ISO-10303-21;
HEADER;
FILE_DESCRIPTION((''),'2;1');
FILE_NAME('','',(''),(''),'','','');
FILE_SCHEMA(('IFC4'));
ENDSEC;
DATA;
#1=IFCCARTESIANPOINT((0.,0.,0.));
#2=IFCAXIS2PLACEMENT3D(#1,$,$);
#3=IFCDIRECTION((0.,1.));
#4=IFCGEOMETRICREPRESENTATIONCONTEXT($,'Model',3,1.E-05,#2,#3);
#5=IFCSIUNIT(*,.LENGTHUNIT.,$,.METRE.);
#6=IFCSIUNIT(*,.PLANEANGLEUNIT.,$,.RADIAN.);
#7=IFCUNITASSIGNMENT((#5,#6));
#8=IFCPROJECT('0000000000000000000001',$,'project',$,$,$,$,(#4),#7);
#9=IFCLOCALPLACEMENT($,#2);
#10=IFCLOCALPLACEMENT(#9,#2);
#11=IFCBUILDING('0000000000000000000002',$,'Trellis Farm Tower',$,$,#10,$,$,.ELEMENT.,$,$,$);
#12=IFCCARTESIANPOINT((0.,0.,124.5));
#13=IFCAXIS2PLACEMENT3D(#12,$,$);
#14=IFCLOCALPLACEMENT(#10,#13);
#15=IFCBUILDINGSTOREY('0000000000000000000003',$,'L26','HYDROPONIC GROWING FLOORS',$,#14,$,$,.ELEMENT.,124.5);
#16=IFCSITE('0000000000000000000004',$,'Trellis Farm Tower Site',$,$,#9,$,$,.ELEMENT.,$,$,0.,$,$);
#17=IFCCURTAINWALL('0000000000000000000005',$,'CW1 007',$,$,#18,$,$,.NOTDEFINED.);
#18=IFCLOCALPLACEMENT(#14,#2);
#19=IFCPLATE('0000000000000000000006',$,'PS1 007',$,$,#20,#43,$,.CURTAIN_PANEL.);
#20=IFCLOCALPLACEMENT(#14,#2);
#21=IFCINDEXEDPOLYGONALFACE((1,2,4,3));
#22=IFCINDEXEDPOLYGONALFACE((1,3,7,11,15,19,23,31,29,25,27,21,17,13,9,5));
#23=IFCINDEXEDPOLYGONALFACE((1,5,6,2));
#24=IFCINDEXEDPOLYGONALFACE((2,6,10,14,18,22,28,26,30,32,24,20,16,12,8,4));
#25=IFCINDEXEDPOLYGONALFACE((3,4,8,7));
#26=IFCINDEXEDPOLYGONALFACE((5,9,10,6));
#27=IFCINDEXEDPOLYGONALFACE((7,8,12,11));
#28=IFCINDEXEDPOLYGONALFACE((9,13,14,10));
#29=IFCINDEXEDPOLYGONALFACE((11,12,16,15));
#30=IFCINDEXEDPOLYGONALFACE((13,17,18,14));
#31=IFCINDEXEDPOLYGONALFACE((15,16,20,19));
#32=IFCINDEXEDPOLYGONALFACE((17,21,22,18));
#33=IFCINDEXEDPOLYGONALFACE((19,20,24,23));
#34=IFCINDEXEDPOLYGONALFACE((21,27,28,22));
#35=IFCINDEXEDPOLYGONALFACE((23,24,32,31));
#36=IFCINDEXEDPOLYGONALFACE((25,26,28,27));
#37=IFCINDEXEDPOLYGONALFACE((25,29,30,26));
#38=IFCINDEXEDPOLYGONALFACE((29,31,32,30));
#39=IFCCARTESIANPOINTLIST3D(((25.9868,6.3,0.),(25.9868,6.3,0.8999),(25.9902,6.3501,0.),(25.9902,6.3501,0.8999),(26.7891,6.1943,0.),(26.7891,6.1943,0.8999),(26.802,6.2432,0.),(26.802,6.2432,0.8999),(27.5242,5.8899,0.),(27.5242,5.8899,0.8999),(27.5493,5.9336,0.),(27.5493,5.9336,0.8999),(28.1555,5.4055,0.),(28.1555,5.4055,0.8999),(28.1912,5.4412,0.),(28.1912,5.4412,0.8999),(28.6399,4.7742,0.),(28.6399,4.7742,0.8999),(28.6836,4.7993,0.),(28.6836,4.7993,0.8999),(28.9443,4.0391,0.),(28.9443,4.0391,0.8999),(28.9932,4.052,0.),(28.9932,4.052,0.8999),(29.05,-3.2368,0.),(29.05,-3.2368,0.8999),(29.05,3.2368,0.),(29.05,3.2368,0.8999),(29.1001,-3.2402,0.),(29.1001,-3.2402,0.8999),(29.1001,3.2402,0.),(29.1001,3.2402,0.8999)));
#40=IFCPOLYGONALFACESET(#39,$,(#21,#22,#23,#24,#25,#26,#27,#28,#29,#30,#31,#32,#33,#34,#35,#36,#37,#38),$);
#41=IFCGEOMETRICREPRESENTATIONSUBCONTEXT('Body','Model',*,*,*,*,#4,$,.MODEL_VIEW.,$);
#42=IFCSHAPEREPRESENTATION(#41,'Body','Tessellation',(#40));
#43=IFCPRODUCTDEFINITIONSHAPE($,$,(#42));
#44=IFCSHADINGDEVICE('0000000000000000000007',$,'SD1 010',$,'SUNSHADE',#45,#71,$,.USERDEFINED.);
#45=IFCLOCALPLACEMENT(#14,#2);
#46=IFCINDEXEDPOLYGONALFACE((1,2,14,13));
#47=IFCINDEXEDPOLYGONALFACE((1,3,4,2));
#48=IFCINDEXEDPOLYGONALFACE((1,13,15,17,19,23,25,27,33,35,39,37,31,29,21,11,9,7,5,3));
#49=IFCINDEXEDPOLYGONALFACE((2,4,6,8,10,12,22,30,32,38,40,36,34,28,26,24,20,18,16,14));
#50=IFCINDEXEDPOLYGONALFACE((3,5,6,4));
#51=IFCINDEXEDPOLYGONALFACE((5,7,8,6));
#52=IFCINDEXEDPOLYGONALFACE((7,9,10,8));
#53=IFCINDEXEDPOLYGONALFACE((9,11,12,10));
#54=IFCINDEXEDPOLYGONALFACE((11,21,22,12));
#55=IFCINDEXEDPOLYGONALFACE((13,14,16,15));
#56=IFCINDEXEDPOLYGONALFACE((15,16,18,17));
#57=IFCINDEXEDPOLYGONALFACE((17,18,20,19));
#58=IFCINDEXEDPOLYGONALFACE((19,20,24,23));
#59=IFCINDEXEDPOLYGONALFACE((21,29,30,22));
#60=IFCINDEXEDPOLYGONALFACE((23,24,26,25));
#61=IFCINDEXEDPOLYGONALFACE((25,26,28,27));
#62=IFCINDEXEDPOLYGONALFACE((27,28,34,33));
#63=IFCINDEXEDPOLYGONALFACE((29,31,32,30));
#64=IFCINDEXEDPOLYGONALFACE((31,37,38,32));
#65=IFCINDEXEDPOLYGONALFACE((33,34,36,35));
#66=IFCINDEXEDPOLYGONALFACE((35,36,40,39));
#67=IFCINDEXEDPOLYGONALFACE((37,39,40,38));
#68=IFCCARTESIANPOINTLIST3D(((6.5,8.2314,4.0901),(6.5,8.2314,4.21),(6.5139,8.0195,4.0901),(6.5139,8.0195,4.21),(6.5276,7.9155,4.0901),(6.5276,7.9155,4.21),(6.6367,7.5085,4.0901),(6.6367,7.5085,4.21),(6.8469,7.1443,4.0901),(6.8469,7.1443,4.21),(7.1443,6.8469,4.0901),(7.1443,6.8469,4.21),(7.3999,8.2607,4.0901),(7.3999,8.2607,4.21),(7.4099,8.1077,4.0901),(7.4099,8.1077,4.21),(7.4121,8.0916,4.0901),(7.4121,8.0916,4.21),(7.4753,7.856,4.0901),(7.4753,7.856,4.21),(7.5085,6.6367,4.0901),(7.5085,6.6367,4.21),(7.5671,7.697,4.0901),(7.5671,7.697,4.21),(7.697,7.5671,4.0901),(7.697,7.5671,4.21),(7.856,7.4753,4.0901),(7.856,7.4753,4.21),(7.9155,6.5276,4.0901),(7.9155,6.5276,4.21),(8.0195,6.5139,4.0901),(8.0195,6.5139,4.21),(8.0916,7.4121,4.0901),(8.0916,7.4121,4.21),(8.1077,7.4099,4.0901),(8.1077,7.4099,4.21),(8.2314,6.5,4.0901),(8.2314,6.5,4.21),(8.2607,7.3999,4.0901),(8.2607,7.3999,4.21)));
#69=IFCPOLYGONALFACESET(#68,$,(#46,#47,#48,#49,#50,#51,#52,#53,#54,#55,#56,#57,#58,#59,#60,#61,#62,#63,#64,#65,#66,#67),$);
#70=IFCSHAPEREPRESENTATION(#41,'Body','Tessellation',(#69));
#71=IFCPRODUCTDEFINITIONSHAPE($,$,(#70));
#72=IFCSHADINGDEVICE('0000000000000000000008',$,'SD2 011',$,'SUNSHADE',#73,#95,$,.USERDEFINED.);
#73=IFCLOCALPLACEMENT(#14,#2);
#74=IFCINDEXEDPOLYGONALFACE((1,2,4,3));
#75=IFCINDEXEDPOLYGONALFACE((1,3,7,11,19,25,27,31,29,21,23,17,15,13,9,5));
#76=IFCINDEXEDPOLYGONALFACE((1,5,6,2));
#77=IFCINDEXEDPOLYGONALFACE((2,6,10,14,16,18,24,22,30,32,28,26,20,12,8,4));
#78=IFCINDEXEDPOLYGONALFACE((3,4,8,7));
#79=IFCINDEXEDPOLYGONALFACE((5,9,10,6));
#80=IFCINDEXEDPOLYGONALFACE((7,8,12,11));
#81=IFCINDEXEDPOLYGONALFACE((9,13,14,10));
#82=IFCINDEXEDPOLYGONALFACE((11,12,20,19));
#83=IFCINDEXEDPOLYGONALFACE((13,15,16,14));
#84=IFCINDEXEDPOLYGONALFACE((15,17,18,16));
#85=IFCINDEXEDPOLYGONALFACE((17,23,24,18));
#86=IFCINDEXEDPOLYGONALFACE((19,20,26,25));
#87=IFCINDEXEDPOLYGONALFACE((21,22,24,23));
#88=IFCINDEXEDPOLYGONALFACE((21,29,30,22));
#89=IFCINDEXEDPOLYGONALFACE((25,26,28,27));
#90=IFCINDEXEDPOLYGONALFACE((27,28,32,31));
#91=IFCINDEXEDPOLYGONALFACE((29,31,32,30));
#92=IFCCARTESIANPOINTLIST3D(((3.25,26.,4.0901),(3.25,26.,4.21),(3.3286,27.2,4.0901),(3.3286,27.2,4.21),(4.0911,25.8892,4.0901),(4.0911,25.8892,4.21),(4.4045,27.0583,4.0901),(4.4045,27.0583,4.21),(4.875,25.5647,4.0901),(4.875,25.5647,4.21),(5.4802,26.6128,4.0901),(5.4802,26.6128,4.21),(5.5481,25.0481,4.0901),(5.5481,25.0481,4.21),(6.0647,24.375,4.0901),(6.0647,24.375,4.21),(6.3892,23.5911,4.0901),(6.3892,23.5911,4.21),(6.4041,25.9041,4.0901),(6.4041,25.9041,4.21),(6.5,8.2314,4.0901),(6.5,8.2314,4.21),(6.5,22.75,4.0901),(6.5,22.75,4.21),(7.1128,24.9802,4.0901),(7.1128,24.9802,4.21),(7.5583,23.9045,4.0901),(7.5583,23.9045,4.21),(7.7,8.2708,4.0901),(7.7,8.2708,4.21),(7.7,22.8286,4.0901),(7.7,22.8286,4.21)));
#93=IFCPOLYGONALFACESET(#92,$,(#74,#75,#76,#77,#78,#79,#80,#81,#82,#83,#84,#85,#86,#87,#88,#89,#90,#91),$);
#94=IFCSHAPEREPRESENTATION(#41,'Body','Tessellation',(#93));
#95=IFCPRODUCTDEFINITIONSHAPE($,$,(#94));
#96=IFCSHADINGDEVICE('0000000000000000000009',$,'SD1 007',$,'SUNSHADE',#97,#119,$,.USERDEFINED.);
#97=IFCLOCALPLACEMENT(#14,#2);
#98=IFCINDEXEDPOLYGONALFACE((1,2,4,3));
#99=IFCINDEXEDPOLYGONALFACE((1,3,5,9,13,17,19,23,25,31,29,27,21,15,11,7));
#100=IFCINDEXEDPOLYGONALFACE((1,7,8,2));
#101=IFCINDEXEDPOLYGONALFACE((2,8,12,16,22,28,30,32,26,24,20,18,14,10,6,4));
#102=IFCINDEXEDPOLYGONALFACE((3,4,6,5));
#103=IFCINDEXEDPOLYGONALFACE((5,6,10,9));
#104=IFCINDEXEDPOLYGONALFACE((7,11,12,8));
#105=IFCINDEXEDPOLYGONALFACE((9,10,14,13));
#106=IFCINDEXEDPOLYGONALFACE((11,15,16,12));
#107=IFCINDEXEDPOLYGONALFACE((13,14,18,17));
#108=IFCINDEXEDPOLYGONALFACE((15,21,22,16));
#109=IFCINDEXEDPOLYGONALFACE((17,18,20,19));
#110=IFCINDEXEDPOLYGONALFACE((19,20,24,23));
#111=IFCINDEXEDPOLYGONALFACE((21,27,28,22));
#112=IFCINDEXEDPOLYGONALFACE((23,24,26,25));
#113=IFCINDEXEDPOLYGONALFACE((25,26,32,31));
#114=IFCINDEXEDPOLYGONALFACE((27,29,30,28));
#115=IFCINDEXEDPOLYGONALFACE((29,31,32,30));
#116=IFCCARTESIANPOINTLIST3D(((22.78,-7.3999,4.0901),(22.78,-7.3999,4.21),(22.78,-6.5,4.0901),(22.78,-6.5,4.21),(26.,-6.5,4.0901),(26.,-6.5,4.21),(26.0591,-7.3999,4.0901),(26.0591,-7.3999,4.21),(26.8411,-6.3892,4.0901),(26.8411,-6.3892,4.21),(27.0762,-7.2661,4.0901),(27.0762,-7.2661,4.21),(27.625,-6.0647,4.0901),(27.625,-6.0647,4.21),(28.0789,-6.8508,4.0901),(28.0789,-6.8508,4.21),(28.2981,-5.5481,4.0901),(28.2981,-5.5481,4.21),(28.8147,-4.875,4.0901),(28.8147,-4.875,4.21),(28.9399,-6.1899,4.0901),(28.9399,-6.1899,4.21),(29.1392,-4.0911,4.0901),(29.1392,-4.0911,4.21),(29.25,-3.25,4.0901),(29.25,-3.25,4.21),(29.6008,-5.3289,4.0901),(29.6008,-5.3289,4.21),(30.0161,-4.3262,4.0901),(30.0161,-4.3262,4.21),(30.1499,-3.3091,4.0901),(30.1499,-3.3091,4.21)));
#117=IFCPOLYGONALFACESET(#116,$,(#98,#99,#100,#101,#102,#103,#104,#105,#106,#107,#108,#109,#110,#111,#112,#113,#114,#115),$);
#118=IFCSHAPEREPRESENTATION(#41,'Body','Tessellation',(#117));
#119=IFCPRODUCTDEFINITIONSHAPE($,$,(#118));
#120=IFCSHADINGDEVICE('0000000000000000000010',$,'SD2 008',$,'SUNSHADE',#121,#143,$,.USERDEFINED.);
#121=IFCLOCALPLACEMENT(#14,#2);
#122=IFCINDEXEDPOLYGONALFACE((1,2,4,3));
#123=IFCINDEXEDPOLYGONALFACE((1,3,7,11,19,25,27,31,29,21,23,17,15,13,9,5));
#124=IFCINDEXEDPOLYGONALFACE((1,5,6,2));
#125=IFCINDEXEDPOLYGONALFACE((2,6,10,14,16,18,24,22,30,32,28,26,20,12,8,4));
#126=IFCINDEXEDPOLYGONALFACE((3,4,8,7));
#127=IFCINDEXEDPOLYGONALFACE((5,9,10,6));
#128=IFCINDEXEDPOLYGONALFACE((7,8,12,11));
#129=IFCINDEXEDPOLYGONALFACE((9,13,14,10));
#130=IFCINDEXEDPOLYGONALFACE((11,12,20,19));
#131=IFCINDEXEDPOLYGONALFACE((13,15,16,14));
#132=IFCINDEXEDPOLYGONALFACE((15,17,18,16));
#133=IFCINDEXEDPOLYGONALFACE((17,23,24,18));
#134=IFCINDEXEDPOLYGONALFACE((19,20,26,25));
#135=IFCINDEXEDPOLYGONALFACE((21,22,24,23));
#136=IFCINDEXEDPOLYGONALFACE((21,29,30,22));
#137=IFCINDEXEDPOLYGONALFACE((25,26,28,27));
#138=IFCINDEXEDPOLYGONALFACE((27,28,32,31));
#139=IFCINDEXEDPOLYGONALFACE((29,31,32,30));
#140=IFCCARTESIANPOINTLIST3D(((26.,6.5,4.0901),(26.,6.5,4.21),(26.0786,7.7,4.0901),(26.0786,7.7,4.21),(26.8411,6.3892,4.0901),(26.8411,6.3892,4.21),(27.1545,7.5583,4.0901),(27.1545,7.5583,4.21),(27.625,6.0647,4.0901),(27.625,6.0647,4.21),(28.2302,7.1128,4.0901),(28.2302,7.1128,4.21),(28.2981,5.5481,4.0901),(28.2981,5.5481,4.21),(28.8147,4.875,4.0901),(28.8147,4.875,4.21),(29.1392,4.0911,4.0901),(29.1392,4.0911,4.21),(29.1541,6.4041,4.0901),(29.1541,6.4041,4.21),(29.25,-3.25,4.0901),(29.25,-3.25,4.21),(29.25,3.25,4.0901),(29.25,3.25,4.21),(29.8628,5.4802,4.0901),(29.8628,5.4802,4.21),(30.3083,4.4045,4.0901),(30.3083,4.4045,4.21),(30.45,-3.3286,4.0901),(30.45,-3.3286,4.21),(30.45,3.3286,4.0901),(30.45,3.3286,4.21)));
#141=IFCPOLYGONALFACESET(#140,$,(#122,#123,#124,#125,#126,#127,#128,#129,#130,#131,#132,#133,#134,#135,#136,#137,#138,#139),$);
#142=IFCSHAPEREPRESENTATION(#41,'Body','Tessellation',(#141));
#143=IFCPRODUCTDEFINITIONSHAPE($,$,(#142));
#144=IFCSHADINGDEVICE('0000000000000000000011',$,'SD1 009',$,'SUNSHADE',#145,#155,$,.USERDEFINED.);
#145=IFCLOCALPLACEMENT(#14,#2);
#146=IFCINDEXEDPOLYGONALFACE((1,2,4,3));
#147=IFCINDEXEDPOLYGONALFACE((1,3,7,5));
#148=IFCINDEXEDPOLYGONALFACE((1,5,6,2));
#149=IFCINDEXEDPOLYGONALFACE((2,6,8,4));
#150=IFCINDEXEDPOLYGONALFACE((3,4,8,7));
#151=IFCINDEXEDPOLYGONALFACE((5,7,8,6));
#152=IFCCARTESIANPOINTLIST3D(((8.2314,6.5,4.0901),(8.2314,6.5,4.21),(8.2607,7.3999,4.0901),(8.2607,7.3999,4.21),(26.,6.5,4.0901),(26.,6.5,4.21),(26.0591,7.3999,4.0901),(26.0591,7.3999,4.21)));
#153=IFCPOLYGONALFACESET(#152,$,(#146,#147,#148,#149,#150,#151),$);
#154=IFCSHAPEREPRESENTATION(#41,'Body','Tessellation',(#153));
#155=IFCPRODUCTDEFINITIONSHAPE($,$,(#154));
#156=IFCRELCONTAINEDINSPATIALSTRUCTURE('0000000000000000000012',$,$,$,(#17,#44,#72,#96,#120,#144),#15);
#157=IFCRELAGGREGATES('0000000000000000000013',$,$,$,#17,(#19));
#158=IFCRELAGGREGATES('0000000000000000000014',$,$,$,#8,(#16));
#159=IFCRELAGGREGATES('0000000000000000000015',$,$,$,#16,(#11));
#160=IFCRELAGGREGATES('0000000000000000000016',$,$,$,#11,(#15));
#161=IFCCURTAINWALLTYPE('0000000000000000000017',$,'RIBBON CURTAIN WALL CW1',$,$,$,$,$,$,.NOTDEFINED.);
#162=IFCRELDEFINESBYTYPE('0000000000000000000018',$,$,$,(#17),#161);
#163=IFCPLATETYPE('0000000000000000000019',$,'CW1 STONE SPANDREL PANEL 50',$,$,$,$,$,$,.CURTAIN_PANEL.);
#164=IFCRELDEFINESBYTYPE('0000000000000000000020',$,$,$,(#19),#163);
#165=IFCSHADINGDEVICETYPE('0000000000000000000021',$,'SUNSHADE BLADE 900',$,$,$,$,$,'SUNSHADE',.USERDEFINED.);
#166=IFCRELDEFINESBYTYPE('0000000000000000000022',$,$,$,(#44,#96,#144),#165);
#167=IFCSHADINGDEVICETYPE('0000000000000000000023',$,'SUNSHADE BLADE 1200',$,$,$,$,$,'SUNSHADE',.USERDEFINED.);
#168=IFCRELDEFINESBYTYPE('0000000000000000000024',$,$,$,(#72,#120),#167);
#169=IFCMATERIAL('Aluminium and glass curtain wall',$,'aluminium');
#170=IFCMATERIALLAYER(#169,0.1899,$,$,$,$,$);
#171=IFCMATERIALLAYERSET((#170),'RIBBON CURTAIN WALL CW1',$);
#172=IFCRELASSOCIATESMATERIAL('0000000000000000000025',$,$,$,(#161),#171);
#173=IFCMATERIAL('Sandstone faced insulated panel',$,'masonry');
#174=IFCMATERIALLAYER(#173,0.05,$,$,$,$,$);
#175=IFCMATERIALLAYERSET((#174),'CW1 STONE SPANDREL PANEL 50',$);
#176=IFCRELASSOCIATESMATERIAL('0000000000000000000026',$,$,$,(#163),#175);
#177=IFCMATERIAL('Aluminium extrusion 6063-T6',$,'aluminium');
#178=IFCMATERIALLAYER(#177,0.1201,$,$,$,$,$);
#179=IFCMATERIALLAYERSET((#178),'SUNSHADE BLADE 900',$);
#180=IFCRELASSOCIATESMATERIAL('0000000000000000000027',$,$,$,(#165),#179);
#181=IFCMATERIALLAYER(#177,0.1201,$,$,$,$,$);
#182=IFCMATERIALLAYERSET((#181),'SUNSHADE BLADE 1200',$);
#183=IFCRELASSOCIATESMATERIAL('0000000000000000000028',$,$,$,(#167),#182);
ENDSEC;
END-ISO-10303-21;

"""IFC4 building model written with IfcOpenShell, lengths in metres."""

from ifc_helpers import new_model, si_unit, direction, frame, origin, place, context, subcontext, project, spatial, polyline, outline, extrude, source, transform, mapped, material, layer, layer_set, type_object, element, aggregate, save


model = new_model("IFC4")

# Units and contexts
model_context = context("Model", 3, precision=1e-05, world=origin(), true_north=direction((0.0, 1.0)))
body_context = subcontext(model_context, "Body", "Model", "MODEL_VIEW")
ifc_project = project(units=[si_unit("LENGTHUNIT", "METRE"), si_unit("PLANEANGLEUNIT", "RADIAN")], contexts=[model_context])

# Site, building, storey
site_placement = place(None, origin())
site = spatial("IfcSite", under=ifc_project, at=site_placement, Name="Trellis Farm Tower Site", CompositionType="ELEMENT", RefElevation=0.0)
building_placement = place(site_placement, origin())
building = spatial("IfcBuilding", under=site, at=building_placement, Name="Trellis Farm Tower", CompositionType="ELEMENT")
storey_placement = place(building_placement, frame((0.0, 0.0, 124.5)))
storey = spatial("IfcBuildingStorey", under=building, at=storey_placement, Name="L26", Description="HYDROPONIC GROWING FLOORS", CompositionType="ELEMENT", Elevation=124.5)

# Curtain wall
ifc_material_1 = material(Name="Aluminium and glass curtain wall", Category="aluminium")
placement_1 = place(storey_placement, origin())
ifc_material_2 = material(Name="Aluminium extrusion 6063-T6", Category="aluminium")
ifc_layer_1 = layer(ifc_material_1, 0.1899)
ifc_layer_set_1 = layer_set([ifc_layer_1], Name="RIBBON CURTAIN WALL CW1")
curtain_wall_type_1 = type_object("IfcCurtainWallType", Name="RIBBON CURTAIN WALL CW1", PredefinedType="NOTDEFINED", material=ifc_layer_set_1)
curtain_wall_1 = element("IfcCurtainWall", 1, at=placement_1, inside=storey, type_object=curtain_wall_type_1, Name="CW1 007", PredefinedType="NOTDEFINED")

# Shared definitions
ifc_material_3 = material(Name="Sandstone faced insulated panel", Category="masonry")
ifc_layer_2 = layer(ifc_material_3, 0.05)
ifc_layer_set_2 = layer_set([ifc_layer_2], Name="CW1 STONE SPANDREL PANEL 50")
plate_type_1 = type_object("IfcPlateType", Name="CW1 STONE SPANDREL PANEL 50", PredefinedType="CURTAIN_PANEL", material=ifc_layer_set_2)

# Plate
shared_shape_1 = source(origin(), body_context, "Body", "SweptSolid", [
    extrude(outline(polyline([(29.1001, -3.2402), (29.1001, 3.2402), (28.9932, 4.052), (28.6836, 4.7993), (28.1912, 5.4412), (27.5493, 5.9336), (26.802, 6.2432), (25.9902, 6.3501), (25.9868, 6.3), (26.7891, 6.1943), (27.5242, 5.8899), (28.1555, 5.4055), (28.6399, 4.7742), (28.9443, 4.0391), (29.05, 3.2368), (29.05, -3.2368), (29.1001, -3.2402)])), origin(), (0.0, 0.0, 1.0), 0.8999),
])
plate_1 = element("IfcPlate", 2, at=placement_1, type_object=plate_type_1, Name="PS1 007", PredefinedType="CURTAIN_PANEL", context=body_context, shape_type="MappedRepresentation", body=[
    mapped(shared_shape_1, transform((0.0, 0.0, 0.0))),
])
aggregate(curtain_wall_1, [plate_1])

# Shading devices
ifc_layer_3 = layer(ifc_material_2, 0.1201)
ifc_layer_set_3 = layer_set([ifc_layer_3], Name="SUNSHADE BLADE 900")
shading_device_type_1 = type_object("IfcShadingDeviceType", Name="SUNSHADE BLADE 900", ElementType="SUNSHADE", PredefinedType="USERDEFINED", material=ifc_layer_set_3)
shared_shape_2 = source(origin(), body_context, "Body", "SweptSolid", [
    extrude(outline(polyline([(8.2607, 7.3999), (8.1077, 7.4099), (8.0916, 7.4121), (7.856, 7.4753), (7.697, 7.5671), (7.5671, 7.697), (7.4753, 7.856), (7.4121, 8.0916), (7.4099, 8.1077), (7.3999, 8.2607), (6.5, 8.2314), (6.5139, 8.0195), (6.5276, 7.9155), (6.6367, 7.5085), (6.8469, 7.1443), (7.1443, 6.8469), (7.5085, 6.6367), (7.9155, 6.5276), (8.0195, 6.5139), (8.2314, 6.5), (8.2607, 7.3999)])), origin(), (0.0, 0.0, 1.0), 0.1199),
])
placement_2 = place(storey_placement, frame((0.0, 0.0, 4.0901)))
element("IfcShadingDevice", 3, at=placement_2, inside=storey, type_object=shading_device_type_1, Name="SD1 010", ObjectType="SUNSHADE", PredefinedType="USERDEFINED", context=body_context, shape_type="MappedRepresentation", body=[
    mapped(shared_shape_2, transform((0.0, 0.0, 0.0))),
])
ifc_layer_4 = layer(ifc_material_2, 0.1201)
ifc_layer_set_4 = layer_set([ifc_layer_4], Name="SUNSHADE BLADE 1200")
shading_device_type_2 = type_object("IfcShadingDeviceType", Name="SUNSHADE BLADE 1200", ElementType="SUNSHADE", PredefinedType="USERDEFINED", material=ifc_layer_set_4)
shared_shape_3 = source(origin(), body_context, "Body", "SweptSolid", [
    extrude(outline(polyline([(7.7, 8.2708), (7.7, 22.8286), (7.5583, 23.9045), (7.1128, 24.9802), (6.4041, 25.9041), (5.4802, 26.6128), (4.4045, 27.0583), (3.3286, 27.2), (3.25, 26.0), (4.0911, 25.8892), (4.875, 25.5647), (5.5481, 25.0481), (6.0647, 24.375), (6.3892, 23.5911), (6.5, 22.75), (6.5, 8.2314), (7.7, 8.2708)])), origin(), (0.0, 0.0, 1.0), 0.1199),
])
element("IfcShadingDevice", 4, at=placement_2, inside=storey, type_object=shading_device_type_2, Name="SD2 011", ObjectType="SUNSHADE", PredefinedType="USERDEFINED", context=body_context, shape_type="MappedRepresentation", body=[
    mapped(shared_shape_3, transform((0.0, 0.0, 0.0))),
])
shared_shape_4 = source(origin(), body_context, "Body", "SweptSolid", [
    extrude(outline(polyline([(22.78, -7.3999), (26.0591, -7.3999), (27.0762, -7.2661), (28.0789, -6.8508), (28.9399, -6.1899), (29.6008, -5.3289), (30.0161, -4.3262), (30.1499, -3.3091), (29.25, -3.25), (29.1392, -4.0911), (28.8147, -4.875), (28.2981, -5.5481), (27.625, -6.0647), (26.8411, -6.3892), (26.0, -6.5), (22.78, -6.5), (22.78, -7.3999)])), origin(), (0.0, 0.0, 1.0), 0.1199),
])
element("IfcShadingDevice", 5, at=placement_2, inside=storey, type_object=shading_device_type_1, Name="SD1 007", ObjectType="SUNSHADE", PredefinedType="USERDEFINED", context=body_context, shape_type="MappedRepresentation", body=[
    mapped(shared_shape_4, transform((0.0, 0.0, 0.0))),
])
shared_shape_5 = source(origin(), body_context, "Body", "SweptSolid", [
    extrude(outline(polyline([(30.45, -3.3286), (30.45, 3.3286), (30.3083, 4.4045), (29.8628, 5.4802), (29.1541, 6.4041), (28.2302, 7.1128), (27.1545, 7.5583), (26.0786, 7.7), (26.0, 6.5), (26.8411, 6.3892), (27.625, 6.0647), (28.2981, 5.5481), (28.8147, 4.875), (29.1392, 4.0911), (29.25, 3.25), (29.25, -3.25), (30.45, -3.3286)])), origin(), (0.0, 0.0, 1.0), 0.1199),
])
element("IfcShadingDevice", 6, at=placement_2, inside=storey, type_object=shading_device_type_2, Name="SD2 008", ObjectType="SUNSHADE", PredefinedType="USERDEFINED", context=body_context, shape_type="MappedRepresentation", body=[
    mapped(shared_shape_5, transform((0.0, 0.0, 0.0))),
])
shared_shape_6 = source(origin(), body_context, "Body", "SweptSolid", [
    extrude(outline(polyline([(26.0591, 7.3999), (8.2607, 7.3999), (8.2314, 6.5), (26.0, 6.5), (26.0591, 7.3999)])), origin(), (0.0, 0.0, 1.0), 0.1199),
])
element("IfcShadingDevice", 7, at=placement_2, inside=storey, type_object=shading_device_type_1, Name="SD1 009", ObjectType="SUNSHADE", PredefinedType="USERDEFINED", context=body_context, shape_type="MappedRepresentation", body=[
    mapped(shared_shape_6, transform((0.0, 0.0, 0.0))),
])

save(model, "model.ifc")
